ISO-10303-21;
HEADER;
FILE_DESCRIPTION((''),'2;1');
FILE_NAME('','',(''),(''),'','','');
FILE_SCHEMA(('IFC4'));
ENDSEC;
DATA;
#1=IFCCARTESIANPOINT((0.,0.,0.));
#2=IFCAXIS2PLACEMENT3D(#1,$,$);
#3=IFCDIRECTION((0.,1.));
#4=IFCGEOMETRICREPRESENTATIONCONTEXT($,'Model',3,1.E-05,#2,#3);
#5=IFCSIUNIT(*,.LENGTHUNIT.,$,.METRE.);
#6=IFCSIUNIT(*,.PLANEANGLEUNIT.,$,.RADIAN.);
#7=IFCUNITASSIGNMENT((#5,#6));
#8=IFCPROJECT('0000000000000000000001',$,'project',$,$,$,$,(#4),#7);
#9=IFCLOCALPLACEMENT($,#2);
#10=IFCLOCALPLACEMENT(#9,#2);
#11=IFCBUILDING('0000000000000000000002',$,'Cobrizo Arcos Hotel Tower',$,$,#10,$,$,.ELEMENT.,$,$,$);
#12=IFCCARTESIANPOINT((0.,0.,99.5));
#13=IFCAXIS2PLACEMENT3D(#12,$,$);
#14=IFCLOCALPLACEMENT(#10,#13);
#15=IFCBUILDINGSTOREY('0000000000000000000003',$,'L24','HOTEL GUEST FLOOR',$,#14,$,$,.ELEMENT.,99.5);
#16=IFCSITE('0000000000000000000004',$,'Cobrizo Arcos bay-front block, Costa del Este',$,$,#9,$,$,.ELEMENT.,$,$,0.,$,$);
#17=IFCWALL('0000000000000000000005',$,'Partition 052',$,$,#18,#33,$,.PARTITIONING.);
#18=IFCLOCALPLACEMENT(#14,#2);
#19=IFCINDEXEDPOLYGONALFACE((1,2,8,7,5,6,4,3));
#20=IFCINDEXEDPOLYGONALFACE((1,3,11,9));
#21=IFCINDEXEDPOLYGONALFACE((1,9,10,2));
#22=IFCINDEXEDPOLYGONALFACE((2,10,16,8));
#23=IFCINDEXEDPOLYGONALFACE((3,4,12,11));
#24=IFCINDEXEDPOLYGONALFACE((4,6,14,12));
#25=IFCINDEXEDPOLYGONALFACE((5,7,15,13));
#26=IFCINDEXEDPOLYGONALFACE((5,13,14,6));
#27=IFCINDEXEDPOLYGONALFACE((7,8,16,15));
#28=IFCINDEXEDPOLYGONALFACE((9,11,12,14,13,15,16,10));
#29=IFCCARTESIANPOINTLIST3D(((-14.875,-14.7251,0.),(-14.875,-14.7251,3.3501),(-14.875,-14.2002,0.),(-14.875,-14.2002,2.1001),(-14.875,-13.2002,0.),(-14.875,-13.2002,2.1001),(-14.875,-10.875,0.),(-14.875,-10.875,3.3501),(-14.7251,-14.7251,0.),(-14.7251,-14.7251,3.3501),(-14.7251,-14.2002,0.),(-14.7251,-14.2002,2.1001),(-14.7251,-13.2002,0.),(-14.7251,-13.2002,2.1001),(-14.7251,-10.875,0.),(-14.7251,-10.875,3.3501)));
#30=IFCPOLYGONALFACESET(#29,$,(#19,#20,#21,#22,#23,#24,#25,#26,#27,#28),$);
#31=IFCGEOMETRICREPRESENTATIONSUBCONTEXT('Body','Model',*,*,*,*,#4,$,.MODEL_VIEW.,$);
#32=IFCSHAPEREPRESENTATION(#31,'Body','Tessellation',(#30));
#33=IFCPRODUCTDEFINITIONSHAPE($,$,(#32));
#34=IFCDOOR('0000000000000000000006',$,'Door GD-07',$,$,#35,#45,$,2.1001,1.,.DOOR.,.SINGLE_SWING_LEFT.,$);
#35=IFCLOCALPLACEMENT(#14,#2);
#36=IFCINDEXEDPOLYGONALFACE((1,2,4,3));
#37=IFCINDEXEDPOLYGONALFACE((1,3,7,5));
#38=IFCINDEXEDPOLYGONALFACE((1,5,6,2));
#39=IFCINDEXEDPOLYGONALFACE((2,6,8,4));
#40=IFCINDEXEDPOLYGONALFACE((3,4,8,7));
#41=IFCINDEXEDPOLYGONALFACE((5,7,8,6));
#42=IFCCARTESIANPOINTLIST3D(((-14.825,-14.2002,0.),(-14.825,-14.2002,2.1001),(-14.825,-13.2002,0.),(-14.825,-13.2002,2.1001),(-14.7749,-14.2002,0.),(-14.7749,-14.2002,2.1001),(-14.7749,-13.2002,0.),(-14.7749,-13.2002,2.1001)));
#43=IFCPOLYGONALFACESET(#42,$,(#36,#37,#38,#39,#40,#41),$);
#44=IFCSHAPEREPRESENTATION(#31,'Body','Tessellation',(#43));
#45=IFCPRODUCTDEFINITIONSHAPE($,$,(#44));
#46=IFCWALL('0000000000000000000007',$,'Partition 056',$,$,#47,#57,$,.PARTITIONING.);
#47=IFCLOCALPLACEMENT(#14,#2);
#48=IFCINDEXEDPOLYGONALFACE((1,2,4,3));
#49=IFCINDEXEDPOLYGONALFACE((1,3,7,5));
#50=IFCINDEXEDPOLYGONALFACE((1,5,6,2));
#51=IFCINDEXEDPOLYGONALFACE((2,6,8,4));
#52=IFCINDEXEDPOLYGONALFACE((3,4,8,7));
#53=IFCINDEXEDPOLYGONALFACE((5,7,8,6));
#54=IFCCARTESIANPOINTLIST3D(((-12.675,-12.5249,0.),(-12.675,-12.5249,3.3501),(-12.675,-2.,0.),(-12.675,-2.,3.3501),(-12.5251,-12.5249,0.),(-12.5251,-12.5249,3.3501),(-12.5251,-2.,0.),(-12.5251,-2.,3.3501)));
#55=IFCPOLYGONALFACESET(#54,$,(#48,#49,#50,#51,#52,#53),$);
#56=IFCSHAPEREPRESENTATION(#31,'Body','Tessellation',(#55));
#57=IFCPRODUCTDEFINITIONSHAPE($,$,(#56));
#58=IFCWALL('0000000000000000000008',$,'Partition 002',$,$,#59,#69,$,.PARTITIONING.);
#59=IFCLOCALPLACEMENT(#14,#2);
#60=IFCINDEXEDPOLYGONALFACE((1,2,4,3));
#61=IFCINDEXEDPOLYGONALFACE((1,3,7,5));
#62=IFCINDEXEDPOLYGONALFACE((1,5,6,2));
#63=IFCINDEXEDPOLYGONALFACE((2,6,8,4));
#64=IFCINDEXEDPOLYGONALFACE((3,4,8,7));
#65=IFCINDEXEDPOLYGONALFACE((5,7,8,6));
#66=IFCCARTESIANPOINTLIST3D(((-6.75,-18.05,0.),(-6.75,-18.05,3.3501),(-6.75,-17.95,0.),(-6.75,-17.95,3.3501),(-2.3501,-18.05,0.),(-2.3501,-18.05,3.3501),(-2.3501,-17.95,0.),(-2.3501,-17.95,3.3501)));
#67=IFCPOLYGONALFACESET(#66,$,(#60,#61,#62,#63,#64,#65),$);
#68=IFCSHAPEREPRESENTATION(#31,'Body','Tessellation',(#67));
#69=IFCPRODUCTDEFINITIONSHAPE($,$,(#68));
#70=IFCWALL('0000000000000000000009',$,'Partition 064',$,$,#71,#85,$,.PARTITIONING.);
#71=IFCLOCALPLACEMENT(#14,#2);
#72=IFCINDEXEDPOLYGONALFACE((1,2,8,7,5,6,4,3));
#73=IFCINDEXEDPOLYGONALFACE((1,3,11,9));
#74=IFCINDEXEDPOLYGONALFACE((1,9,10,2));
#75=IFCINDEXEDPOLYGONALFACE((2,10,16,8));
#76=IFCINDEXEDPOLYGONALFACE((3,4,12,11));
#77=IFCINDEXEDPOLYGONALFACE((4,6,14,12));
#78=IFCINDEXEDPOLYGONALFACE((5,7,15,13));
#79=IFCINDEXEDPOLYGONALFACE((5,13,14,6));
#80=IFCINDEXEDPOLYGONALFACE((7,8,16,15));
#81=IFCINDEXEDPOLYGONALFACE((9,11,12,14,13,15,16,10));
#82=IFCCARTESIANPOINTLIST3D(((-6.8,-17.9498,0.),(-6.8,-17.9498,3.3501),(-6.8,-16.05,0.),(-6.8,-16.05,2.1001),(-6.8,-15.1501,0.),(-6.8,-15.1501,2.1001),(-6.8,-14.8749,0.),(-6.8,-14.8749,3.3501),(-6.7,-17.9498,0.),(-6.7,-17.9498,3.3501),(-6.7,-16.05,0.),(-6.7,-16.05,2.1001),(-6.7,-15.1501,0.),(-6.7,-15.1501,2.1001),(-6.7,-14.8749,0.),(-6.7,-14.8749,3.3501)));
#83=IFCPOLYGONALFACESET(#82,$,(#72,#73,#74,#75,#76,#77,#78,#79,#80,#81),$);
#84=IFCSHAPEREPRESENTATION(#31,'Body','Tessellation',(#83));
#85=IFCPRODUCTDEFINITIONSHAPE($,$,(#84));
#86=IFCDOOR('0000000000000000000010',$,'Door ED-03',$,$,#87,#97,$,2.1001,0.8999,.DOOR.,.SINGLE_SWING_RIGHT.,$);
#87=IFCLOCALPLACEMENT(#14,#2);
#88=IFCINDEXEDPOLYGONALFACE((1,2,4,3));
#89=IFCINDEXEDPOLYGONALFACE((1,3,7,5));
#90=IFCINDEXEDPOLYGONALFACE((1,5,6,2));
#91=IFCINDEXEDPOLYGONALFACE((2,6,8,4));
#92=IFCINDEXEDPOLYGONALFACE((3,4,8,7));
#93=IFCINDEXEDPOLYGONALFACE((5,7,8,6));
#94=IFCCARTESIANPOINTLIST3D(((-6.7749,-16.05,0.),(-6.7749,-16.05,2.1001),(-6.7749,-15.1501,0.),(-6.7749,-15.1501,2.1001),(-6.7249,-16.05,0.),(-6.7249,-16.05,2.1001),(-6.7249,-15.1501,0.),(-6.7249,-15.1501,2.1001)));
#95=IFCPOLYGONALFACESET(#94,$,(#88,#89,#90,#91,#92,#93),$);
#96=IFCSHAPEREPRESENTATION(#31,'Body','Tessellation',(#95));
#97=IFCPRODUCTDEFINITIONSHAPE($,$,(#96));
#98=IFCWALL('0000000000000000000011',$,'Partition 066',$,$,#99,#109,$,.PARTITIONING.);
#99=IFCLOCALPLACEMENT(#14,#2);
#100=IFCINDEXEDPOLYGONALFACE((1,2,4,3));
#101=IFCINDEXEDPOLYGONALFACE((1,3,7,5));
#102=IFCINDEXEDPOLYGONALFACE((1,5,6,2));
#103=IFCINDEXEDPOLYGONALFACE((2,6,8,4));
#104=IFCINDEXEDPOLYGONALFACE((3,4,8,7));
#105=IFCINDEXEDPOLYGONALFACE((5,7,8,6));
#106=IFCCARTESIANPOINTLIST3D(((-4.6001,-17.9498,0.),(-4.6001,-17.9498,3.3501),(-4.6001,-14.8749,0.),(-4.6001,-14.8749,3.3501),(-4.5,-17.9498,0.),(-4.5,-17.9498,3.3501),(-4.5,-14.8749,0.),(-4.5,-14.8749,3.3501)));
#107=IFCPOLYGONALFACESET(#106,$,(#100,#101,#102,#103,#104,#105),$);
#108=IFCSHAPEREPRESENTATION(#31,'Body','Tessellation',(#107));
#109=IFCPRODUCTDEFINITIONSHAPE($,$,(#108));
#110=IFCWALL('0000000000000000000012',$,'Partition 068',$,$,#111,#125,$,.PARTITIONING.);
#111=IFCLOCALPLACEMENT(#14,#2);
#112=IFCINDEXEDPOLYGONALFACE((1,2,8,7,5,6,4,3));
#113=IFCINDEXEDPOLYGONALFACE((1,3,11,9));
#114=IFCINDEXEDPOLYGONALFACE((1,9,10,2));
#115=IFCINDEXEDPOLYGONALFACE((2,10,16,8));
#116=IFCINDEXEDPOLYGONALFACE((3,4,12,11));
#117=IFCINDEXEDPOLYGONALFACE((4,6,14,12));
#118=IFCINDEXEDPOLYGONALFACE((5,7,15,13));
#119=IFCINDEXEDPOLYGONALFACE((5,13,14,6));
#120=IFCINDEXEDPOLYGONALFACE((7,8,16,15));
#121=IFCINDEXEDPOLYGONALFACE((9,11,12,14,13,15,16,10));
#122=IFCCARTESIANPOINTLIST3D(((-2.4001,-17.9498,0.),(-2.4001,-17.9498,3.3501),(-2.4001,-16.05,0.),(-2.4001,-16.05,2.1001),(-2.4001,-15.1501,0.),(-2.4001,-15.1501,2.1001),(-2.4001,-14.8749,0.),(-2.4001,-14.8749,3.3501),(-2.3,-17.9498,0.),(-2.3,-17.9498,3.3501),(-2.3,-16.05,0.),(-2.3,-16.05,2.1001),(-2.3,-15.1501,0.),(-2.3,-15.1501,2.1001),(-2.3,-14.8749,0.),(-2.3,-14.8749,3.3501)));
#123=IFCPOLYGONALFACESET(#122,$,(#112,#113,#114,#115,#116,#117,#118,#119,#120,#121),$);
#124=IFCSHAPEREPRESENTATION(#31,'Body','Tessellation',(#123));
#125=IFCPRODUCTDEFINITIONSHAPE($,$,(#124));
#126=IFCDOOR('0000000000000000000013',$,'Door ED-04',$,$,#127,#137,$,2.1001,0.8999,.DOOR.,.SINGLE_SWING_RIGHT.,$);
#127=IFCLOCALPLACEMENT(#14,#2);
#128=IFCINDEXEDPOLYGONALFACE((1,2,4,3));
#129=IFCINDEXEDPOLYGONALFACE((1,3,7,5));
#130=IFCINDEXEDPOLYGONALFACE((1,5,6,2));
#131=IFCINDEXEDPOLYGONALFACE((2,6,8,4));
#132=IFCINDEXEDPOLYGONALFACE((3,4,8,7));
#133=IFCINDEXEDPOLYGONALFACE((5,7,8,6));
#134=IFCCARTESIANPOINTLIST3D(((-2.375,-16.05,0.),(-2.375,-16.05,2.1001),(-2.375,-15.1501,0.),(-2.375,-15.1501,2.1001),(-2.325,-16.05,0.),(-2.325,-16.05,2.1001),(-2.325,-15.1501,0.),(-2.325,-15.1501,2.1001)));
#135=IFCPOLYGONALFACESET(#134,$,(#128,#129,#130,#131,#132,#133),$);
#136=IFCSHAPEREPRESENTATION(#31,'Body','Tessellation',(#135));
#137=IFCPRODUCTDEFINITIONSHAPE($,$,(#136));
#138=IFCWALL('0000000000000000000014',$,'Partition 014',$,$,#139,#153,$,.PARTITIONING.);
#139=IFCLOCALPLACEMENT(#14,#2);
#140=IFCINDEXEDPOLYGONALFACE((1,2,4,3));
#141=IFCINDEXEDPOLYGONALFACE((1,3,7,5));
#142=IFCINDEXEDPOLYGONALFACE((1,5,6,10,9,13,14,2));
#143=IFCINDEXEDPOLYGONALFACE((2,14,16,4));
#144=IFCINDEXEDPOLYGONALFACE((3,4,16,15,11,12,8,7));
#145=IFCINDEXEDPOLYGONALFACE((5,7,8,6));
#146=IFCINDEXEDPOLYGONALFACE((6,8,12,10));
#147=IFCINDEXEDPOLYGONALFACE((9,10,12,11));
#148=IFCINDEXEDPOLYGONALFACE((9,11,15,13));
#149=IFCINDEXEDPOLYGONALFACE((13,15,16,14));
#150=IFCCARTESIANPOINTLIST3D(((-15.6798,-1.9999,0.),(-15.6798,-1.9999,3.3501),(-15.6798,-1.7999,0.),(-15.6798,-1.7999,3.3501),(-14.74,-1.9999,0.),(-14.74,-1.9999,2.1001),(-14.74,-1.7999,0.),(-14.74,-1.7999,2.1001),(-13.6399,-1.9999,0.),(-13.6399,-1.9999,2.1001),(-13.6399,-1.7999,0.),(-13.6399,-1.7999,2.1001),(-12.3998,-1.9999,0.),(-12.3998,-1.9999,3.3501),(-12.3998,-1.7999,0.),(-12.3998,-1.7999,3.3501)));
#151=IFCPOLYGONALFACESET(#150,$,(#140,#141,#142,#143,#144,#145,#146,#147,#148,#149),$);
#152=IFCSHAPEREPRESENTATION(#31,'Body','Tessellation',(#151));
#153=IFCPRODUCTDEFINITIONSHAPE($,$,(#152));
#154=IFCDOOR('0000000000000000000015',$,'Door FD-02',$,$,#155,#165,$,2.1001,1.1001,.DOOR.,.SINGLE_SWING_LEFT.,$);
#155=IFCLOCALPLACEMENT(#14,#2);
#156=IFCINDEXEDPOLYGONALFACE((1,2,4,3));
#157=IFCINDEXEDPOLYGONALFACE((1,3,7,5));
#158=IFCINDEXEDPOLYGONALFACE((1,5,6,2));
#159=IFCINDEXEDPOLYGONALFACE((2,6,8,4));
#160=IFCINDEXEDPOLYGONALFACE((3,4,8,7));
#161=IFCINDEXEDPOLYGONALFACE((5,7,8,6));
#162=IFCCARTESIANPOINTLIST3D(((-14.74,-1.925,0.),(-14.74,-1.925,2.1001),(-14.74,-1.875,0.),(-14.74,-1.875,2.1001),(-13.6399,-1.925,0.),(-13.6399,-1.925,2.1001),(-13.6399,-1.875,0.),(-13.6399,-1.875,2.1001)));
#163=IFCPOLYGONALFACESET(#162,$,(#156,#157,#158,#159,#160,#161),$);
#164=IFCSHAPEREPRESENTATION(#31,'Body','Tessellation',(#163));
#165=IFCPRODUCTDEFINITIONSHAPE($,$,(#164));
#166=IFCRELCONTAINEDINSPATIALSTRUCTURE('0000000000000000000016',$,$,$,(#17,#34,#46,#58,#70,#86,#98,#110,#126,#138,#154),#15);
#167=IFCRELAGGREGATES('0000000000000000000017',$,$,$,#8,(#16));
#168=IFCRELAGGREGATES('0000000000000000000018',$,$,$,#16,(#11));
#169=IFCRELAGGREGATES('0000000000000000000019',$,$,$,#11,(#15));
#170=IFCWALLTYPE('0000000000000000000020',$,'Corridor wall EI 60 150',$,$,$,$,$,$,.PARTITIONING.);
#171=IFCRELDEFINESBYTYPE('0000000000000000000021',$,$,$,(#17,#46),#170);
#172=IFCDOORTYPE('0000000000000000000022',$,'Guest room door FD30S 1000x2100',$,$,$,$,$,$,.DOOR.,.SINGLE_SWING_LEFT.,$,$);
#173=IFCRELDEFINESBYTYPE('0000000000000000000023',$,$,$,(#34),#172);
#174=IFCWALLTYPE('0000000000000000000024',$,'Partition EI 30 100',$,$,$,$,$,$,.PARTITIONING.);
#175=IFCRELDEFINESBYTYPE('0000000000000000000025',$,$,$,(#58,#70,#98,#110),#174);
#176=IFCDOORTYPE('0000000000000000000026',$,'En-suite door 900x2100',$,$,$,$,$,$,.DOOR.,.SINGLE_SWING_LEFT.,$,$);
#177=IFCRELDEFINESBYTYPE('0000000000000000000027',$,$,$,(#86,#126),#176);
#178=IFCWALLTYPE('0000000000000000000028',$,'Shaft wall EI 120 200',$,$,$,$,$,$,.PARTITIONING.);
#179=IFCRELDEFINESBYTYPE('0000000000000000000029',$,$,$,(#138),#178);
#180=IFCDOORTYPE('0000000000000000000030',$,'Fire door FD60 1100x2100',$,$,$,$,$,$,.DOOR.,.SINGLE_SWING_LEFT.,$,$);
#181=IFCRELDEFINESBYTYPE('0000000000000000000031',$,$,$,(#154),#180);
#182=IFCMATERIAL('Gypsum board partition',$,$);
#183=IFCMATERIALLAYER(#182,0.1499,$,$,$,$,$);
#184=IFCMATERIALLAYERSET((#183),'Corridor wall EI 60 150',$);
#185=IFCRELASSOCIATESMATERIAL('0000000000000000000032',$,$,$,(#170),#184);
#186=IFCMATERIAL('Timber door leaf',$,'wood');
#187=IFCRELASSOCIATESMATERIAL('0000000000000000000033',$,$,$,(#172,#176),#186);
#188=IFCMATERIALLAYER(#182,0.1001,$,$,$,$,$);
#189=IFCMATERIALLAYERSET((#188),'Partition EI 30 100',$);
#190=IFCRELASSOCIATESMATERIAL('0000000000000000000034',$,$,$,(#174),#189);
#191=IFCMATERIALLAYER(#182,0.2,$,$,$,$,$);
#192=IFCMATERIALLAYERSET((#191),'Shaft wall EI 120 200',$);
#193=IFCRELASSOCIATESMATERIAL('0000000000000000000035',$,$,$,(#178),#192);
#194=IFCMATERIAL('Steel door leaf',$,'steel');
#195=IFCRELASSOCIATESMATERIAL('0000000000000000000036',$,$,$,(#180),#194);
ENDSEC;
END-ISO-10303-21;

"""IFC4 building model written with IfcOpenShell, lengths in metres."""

from ifc_helpers import new_model, si_unit, direction, frame, frame_2d, origin, place, context, subcontext, project, spatial, rectangle, extrude, material, layer, layer_set, type_object, element, fill, save


model = new_model("IFC4")

# Units and contexts
model_context = context("Model", 3, precision=1e-05, world=origin(), true_north=direction((0.0, 1.0)))
body_context = subcontext(model_context, "Body", "Model", "MODEL_VIEW")
ifc_project = project(units=[si_unit("LENGTHUNIT", "METRE"), si_unit("PLANEANGLEUNIT", "RADIAN")], contexts=[model_context])

# Site, building, storey
site_placement = place(None, origin())
site = spatial("IfcSite", under=ifc_project, at=site_placement, Name="Cobrizo Arcos bay-front block, Costa del Este", CompositionType="ELEMENT", RefElevation=0.0)
building_placement = place(site_placement, origin())
building = spatial("IfcBuilding", under=site, at=building_placement, Name="Cobrizo Arcos Hotel Tower", CompositionType="ELEMENT")
storey_placement = place(building_placement, frame((0.0, 0.0, 99.5)))
storey = spatial("IfcBuildingStorey", under=building, at=storey_placement, Name="L24", Description="HOTEL GUEST FLOOR", CompositionType="ELEMENT", Elevation=99.5)

# Shared definitions
ifc_material_1 = material(Name="Gypsum board partition")
ifc_layer_1 = layer(ifc_material_1, 0.1499)
ifc_layer_set_1 = layer_set([ifc_layer_1], Name="Corridor wall EI 60 150")
wall_type_1 = type_object("IfcWallType", Name="Corridor wall EI 60 150", PredefinedType="PARTITIONING", material=ifc_layer_set_1)
ifc_material_2 = material(Name="Timber door leaf", Category="wood")
door_type_1 = type_object("IfcDoorType", Name="Guest room door FD30S 1000x2100", OperationType="SINGLE_SWING_LEFT", PredefinedType="DOOR", material=ifc_material_2)

# Wall, opening, door
wall_1_placement = place(storey_placement, frame((-14.8, -14.7251, 0.0), z_axis=(0.0, 0.0, 1.0), x_axis=(0.0, 1.0, 0.0)))
wall_1 = element("IfcWall", 1, at=wall_1_placement, inside=storey, type_object=wall_type_1, Name="Partition 052", PredefinedType="PARTITIONING", context=body_context, shape_type="SweptSolid", body=[
    extrude(rectangle(XDim=3.8501, YDim=0.1499, at=frame_2d((1.925, 0.0))), origin(), (0.0, 0.0, 1.0), 3.3501),
])
opening_1_placement = place(wall_1_placement, frame((0.5249, 0.0, 0.0)))
opening_1 = element("IfcOpeningElement", 2, at=opening_1_placement, cuts=wall_1, PredefinedType="OPENING", context=body_context, shape_type="SweptSolid", body=[
    extrude(rectangle(XDim=1.0, YDim=2.1001, at=frame_2d((0.5, 1.05))), frame((0.0, 0.0869, 0.0), z_axis=(0.0, -1.0, 0.0), x_axis=(1.0, 0.0, 0.0)), (0.0, 0.0, 1.0), 0.1738),
])
door_1_placement = place(opening_1_placement, origin())
door_1 = element("IfcDoor", 3, at=door_1_placement, inside=storey, type_object=door_type_1, Name="Door GD-07", OperationType="SINGLE_SWING_LEFT", OverallHeight=2.1001, OverallWidth=1.0, PredefinedType="DOOR", context=body_context, shape_type="SweptSolid", body=[
    extrude(rectangle(XDim=1.0, YDim=2.1001, at=frame_2d((0.5, 1.05))), frame((0.0, 0.0249, 0.0), z_axis=(0.0, -1.0, 0.0), x_axis=(1.0, 0.0, 0.0)), (0.0, 0.0, 1.0), 0.05),
])
fill(opening_1, door_1)

# Walls
wall_2_placement = place(storey_placement, frame((-12.6001, -12.5249, 0.0), z_axis=(0.0, 0.0, 1.0), x_axis=(0.0, 1.0, 0.0)))
element("IfcWall", 4, at=wall_2_placement, inside=storey, type_object=wall_type_1, Name="Partition 056", PredefinedType="PARTITIONING", context=body_context, shape_type="SweptSolid", body=[
    extrude(rectangle(XDim=10.5249, YDim=0.1499, at=frame_2d((5.2625, 0.0))), origin(), (0.0, 0.0, 1.0), 3.3501),
])
ifc_layer_2 = layer(ifc_material_1, 0.1001)
ifc_layer_set_2 = layer_set([ifc_layer_2], Name="Partition EI 30 100")
wall_type_2 = type_object("IfcWallType", Name="Partition EI 30 100", PredefinedType="PARTITIONING", material=ifc_layer_set_2)
wall_3_placement = place(storey_placement, frame((-6.75, -18.0, 0.0), z_axis=(0.0, 0.0, 1.0), x_axis=(1.0, 0.0, 0.0)))
element("IfcWall", 5, at=wall_3_placement, inside=storey, type_object=wall_type_2, Name="Partition 002", PredefinedType="PARTITIONING", context=body_context, shape_type="SweptSolid", body=[
    extrude(rectangle(XDim=4.3999, YDim=0.1001, at=frame_2d((2.2, 0.0))), origin(), (0.0, 0.0, 1.0), 3.3501),
])

# Wall, opening, door
wall_4_placement = place(storey_placement, frame((-6.75, -17.95, 0.0), z_axis=(0.0, 0.0, 1.0), x_axis=(0.0, 1.0, 0.0)))
wall_4 = element("IfcWall", 6, at=wall_4_placement, inside=storey, type_object=wall_type_2, Name="Partition 064", PredefinedType="PARTITIONING", context=body_context, shape_type="SweptSolid", body=[
    extrude(rectangle(XDim=3.075, YDim=0.1001, at=frame_2d((1.5376, 0.0))), origin(), (0.0, 0.0, 1.0), 3.3501),
])
opening_2_placement = place(wall_4_placement, frame((1.8999, 0.0, 0.0)))
opening_2 = element("IfcOpeningElement", 7, at=opening_2_placement, cuts=wall_4, PredefinedType="OPENING", context=body_context, shape_type="SweptSolid", body=[
    extrude(rectangle(XDim=0.8999, YDim=2.1001, at=frame_2d((0.45, 1.05))), frame((0.0, 0.062, 0.0), z_axis=(0.0, -1.0, 0.0), x_axis=(1.0, 0.0, 0.0)), (0.0, 0.0, 1.0), 0.124),
])
door_type_2 = type_object("IfcDoorType", Name="En-suite door 900x2100", OperationType="SINGLE_SWING_LEFT", PredefinedType="DOOR", material=ifc_material_2)
door_2_placement = place(opening_2_placement, origin())
door_2 = element("IfcDoor", 8, at=door_2_placement, inside=storey, type_object=door_type_2, Name="Door ED-03", OperationType="SINGLE_SWING_RIGHT", OverallHeight=2.1001, OverallWidth=0.8999, PredefinedType="DOOR", context=body_context, shape_type="SweptSolid", body=[
    extrude(rectangle(XDim=0.8999, YDim=2.1001, at=frame_2d((0.45, 1.05))), frame((0.0, 0.0249, 0.0), z_axis=(0.0, -1.0, 0.0), x_axis=(1.0, 0.0, 0.0)), (0.0, 0.0, 1.0), 0.05),
])
fill(opening_2, door_2)

# Wall
wall_5_placement = place(storey_placement, frame((-4.55, -17.95, 0.0), z_axis=(0.0, 0.0, 1.0), x_axis=(0.0, 1.0, 0.0)))
element("IfcWall", 9, at=wall_5_placement, inside=storey, type_object=wall_type_2, Name="Partition 066", PredefinedType="PARTITIONING", context=body_context, shape_type="SweptSolid", body=[
    extrude(rectangle(XDim=3.075, YDim=0.1001, at=frame_2d((1.5376, 0.0))), origin(), (0.0, 0.0, 1.0), 3.3501),
])

# Walls, openings, doors
wall_6_placement = place(storey_placement, frame((-2.3501, -17.95, 0.0), z_axis=(0.0, 0.0, 1.0), x_axis=(0.0, 1.0, 0.0)))
wall_6 = element("IfcWall", 10, at=wall_6_placement, inside=storey, type_object=wall_type_2, Name="Partition 068", PredefinedType="PARTITIONING", context=body_context, shape_type="SweptSolid", body=[
    extrude(rectangle(XDim=3.075, YDim=0.1001, at=frame_2d((1.5376, 0.0))), origin(), (0.0, 0.0, 1.0), 3.3501),
])
opening_3_placement = place(wall_6_placement, frame((1.8999, 0.0, 0.0)))
opening_3 = element("IfcOpeningElement", 11, at=opening_3_placement, cuts=wall_6, PredefinedType="OPENING", context=body_context, shape_type="SweptSolid", body=[
    extrude(rectangle(XDim=0.8999, YDim=2.1001, at=frame_2d((0.45, 1.05))), frame((0.0, 0.062, 0.0), z_axis=(0.0, -1.0, 0.0), x_axis=(1.0, 0.0, 0.0)), (0.0, 0.0, 1.0), 0.124),
])
door_3_placement = place(opening_3_placement, origin())
door_3 = element("IfcDoor", 12, at=door_3_placement, inside=storey, type_object=door_type_2, Name="Door ED-04", OperationType="SINGLE_SWING_RIGHT", OverallHeight=2.1001, OverallWidth=0.8999, PredefinedType="DOOR", context=body_context, shape_type="SweptSolid", body=[
    extrude(rectangle(XDim=0.8999, YDim=2.1001, at=frame_2d((0.45, 1.05))), frame((0.0, 0.0249, 0.0), z_axis=(0.0, -1.0, 0.0), x_axis=(1.0, 0.0, 0.0)), (0.0, 0.0, 1.0), 0.05),
])
fill(opening_3, door_3)
ifc_layer_3 = layer(ifc_material_1, 0.2)
ifc_layer_set_3 = layer_set([ifc_layer_3], Name="Shaft wall EI 120 200")
wall_type_3 = type_object("IfcWallType", Name="Shaft wall EI 120 200", PredefinedType="PARTITIONING", material=ifc_layer_set_3)
wall_7_placement = place(storey_placement, frame((-15.6799, -1.8999, 0.0), z_axis=(0.0, 0.0, 1.0), x_axis=(1.0, 0.0, 0.0)))
wall_7 = element("IfcWall", 13, at=wall_7_placement, inside=storey, type_object=wall_type_3, Name="Partition 014", PredefinedType="PARTITIONING", context=body_context, shape_type="SweptSolid", body=[
    extrude(rectangle(XDim=3.28, YDim=0.2, at=frame_2d((1.6401, 0.0))), origin(), (0.0, 0.0, 1.0), 3.3501),
])
opening_4_placement = place(wall_7_placement, frame((0.9399, 0.0, 0.0)))
opening_4 = element("IfcOpeningElement", 14, at=opening_4_placement, cuts=wall_7, PredefinedType="OPENING", context=body_context, shape_type="SweptSolid", body=[
    extrude(rectangle(XDim=1.1001, YDim=2.1001, at=frame_2d((0.55, 1.05))), frame((0.0, 0.1121, 0.0), z_axis=(0.0, -1.0, 0.0), x_axis=(1.0, 0.0, 0.0)), (0.0, 0.0, 1.0), 0.2239),
])
ifc_material_3 = material(Name="Steel door leaf", Category="steel")
door_type_3 = type_object("IfcDoorType", Name="Fire door FD60 1100x2100", OperationType="SINGLE_SWING_LEFT", PredefinedType="DOOR", material=ifc_material_3)
door_4_placement = place(opening_4_placement, origin())
door_4 = element("IfcDoor", 15, at=door_4_placement, inside=storey, type_object=door_type_3, Name="Door FD-02", OperationType="SINGLE_SWING_LEFT", OverallHeight=2.1001, OverallWidth=1.1001, PredefinedType="DOOR", context=body_context, shape_type="SweptSolid", body=[
    extrude(rectangle(XDim=1.1001, YDim=2.1001, at=frame_2d((0.55, 1.05))), frame((0.0, 0.0249, 0.0), z_axis=(0.0, -1.0, 0.0), x_axis=(1.0, 0.0, 0.0)), (0.0, 0.0, 1.0), 0.05),
])
fill(opening_4, door_4)

save(model, "model.ifc")
